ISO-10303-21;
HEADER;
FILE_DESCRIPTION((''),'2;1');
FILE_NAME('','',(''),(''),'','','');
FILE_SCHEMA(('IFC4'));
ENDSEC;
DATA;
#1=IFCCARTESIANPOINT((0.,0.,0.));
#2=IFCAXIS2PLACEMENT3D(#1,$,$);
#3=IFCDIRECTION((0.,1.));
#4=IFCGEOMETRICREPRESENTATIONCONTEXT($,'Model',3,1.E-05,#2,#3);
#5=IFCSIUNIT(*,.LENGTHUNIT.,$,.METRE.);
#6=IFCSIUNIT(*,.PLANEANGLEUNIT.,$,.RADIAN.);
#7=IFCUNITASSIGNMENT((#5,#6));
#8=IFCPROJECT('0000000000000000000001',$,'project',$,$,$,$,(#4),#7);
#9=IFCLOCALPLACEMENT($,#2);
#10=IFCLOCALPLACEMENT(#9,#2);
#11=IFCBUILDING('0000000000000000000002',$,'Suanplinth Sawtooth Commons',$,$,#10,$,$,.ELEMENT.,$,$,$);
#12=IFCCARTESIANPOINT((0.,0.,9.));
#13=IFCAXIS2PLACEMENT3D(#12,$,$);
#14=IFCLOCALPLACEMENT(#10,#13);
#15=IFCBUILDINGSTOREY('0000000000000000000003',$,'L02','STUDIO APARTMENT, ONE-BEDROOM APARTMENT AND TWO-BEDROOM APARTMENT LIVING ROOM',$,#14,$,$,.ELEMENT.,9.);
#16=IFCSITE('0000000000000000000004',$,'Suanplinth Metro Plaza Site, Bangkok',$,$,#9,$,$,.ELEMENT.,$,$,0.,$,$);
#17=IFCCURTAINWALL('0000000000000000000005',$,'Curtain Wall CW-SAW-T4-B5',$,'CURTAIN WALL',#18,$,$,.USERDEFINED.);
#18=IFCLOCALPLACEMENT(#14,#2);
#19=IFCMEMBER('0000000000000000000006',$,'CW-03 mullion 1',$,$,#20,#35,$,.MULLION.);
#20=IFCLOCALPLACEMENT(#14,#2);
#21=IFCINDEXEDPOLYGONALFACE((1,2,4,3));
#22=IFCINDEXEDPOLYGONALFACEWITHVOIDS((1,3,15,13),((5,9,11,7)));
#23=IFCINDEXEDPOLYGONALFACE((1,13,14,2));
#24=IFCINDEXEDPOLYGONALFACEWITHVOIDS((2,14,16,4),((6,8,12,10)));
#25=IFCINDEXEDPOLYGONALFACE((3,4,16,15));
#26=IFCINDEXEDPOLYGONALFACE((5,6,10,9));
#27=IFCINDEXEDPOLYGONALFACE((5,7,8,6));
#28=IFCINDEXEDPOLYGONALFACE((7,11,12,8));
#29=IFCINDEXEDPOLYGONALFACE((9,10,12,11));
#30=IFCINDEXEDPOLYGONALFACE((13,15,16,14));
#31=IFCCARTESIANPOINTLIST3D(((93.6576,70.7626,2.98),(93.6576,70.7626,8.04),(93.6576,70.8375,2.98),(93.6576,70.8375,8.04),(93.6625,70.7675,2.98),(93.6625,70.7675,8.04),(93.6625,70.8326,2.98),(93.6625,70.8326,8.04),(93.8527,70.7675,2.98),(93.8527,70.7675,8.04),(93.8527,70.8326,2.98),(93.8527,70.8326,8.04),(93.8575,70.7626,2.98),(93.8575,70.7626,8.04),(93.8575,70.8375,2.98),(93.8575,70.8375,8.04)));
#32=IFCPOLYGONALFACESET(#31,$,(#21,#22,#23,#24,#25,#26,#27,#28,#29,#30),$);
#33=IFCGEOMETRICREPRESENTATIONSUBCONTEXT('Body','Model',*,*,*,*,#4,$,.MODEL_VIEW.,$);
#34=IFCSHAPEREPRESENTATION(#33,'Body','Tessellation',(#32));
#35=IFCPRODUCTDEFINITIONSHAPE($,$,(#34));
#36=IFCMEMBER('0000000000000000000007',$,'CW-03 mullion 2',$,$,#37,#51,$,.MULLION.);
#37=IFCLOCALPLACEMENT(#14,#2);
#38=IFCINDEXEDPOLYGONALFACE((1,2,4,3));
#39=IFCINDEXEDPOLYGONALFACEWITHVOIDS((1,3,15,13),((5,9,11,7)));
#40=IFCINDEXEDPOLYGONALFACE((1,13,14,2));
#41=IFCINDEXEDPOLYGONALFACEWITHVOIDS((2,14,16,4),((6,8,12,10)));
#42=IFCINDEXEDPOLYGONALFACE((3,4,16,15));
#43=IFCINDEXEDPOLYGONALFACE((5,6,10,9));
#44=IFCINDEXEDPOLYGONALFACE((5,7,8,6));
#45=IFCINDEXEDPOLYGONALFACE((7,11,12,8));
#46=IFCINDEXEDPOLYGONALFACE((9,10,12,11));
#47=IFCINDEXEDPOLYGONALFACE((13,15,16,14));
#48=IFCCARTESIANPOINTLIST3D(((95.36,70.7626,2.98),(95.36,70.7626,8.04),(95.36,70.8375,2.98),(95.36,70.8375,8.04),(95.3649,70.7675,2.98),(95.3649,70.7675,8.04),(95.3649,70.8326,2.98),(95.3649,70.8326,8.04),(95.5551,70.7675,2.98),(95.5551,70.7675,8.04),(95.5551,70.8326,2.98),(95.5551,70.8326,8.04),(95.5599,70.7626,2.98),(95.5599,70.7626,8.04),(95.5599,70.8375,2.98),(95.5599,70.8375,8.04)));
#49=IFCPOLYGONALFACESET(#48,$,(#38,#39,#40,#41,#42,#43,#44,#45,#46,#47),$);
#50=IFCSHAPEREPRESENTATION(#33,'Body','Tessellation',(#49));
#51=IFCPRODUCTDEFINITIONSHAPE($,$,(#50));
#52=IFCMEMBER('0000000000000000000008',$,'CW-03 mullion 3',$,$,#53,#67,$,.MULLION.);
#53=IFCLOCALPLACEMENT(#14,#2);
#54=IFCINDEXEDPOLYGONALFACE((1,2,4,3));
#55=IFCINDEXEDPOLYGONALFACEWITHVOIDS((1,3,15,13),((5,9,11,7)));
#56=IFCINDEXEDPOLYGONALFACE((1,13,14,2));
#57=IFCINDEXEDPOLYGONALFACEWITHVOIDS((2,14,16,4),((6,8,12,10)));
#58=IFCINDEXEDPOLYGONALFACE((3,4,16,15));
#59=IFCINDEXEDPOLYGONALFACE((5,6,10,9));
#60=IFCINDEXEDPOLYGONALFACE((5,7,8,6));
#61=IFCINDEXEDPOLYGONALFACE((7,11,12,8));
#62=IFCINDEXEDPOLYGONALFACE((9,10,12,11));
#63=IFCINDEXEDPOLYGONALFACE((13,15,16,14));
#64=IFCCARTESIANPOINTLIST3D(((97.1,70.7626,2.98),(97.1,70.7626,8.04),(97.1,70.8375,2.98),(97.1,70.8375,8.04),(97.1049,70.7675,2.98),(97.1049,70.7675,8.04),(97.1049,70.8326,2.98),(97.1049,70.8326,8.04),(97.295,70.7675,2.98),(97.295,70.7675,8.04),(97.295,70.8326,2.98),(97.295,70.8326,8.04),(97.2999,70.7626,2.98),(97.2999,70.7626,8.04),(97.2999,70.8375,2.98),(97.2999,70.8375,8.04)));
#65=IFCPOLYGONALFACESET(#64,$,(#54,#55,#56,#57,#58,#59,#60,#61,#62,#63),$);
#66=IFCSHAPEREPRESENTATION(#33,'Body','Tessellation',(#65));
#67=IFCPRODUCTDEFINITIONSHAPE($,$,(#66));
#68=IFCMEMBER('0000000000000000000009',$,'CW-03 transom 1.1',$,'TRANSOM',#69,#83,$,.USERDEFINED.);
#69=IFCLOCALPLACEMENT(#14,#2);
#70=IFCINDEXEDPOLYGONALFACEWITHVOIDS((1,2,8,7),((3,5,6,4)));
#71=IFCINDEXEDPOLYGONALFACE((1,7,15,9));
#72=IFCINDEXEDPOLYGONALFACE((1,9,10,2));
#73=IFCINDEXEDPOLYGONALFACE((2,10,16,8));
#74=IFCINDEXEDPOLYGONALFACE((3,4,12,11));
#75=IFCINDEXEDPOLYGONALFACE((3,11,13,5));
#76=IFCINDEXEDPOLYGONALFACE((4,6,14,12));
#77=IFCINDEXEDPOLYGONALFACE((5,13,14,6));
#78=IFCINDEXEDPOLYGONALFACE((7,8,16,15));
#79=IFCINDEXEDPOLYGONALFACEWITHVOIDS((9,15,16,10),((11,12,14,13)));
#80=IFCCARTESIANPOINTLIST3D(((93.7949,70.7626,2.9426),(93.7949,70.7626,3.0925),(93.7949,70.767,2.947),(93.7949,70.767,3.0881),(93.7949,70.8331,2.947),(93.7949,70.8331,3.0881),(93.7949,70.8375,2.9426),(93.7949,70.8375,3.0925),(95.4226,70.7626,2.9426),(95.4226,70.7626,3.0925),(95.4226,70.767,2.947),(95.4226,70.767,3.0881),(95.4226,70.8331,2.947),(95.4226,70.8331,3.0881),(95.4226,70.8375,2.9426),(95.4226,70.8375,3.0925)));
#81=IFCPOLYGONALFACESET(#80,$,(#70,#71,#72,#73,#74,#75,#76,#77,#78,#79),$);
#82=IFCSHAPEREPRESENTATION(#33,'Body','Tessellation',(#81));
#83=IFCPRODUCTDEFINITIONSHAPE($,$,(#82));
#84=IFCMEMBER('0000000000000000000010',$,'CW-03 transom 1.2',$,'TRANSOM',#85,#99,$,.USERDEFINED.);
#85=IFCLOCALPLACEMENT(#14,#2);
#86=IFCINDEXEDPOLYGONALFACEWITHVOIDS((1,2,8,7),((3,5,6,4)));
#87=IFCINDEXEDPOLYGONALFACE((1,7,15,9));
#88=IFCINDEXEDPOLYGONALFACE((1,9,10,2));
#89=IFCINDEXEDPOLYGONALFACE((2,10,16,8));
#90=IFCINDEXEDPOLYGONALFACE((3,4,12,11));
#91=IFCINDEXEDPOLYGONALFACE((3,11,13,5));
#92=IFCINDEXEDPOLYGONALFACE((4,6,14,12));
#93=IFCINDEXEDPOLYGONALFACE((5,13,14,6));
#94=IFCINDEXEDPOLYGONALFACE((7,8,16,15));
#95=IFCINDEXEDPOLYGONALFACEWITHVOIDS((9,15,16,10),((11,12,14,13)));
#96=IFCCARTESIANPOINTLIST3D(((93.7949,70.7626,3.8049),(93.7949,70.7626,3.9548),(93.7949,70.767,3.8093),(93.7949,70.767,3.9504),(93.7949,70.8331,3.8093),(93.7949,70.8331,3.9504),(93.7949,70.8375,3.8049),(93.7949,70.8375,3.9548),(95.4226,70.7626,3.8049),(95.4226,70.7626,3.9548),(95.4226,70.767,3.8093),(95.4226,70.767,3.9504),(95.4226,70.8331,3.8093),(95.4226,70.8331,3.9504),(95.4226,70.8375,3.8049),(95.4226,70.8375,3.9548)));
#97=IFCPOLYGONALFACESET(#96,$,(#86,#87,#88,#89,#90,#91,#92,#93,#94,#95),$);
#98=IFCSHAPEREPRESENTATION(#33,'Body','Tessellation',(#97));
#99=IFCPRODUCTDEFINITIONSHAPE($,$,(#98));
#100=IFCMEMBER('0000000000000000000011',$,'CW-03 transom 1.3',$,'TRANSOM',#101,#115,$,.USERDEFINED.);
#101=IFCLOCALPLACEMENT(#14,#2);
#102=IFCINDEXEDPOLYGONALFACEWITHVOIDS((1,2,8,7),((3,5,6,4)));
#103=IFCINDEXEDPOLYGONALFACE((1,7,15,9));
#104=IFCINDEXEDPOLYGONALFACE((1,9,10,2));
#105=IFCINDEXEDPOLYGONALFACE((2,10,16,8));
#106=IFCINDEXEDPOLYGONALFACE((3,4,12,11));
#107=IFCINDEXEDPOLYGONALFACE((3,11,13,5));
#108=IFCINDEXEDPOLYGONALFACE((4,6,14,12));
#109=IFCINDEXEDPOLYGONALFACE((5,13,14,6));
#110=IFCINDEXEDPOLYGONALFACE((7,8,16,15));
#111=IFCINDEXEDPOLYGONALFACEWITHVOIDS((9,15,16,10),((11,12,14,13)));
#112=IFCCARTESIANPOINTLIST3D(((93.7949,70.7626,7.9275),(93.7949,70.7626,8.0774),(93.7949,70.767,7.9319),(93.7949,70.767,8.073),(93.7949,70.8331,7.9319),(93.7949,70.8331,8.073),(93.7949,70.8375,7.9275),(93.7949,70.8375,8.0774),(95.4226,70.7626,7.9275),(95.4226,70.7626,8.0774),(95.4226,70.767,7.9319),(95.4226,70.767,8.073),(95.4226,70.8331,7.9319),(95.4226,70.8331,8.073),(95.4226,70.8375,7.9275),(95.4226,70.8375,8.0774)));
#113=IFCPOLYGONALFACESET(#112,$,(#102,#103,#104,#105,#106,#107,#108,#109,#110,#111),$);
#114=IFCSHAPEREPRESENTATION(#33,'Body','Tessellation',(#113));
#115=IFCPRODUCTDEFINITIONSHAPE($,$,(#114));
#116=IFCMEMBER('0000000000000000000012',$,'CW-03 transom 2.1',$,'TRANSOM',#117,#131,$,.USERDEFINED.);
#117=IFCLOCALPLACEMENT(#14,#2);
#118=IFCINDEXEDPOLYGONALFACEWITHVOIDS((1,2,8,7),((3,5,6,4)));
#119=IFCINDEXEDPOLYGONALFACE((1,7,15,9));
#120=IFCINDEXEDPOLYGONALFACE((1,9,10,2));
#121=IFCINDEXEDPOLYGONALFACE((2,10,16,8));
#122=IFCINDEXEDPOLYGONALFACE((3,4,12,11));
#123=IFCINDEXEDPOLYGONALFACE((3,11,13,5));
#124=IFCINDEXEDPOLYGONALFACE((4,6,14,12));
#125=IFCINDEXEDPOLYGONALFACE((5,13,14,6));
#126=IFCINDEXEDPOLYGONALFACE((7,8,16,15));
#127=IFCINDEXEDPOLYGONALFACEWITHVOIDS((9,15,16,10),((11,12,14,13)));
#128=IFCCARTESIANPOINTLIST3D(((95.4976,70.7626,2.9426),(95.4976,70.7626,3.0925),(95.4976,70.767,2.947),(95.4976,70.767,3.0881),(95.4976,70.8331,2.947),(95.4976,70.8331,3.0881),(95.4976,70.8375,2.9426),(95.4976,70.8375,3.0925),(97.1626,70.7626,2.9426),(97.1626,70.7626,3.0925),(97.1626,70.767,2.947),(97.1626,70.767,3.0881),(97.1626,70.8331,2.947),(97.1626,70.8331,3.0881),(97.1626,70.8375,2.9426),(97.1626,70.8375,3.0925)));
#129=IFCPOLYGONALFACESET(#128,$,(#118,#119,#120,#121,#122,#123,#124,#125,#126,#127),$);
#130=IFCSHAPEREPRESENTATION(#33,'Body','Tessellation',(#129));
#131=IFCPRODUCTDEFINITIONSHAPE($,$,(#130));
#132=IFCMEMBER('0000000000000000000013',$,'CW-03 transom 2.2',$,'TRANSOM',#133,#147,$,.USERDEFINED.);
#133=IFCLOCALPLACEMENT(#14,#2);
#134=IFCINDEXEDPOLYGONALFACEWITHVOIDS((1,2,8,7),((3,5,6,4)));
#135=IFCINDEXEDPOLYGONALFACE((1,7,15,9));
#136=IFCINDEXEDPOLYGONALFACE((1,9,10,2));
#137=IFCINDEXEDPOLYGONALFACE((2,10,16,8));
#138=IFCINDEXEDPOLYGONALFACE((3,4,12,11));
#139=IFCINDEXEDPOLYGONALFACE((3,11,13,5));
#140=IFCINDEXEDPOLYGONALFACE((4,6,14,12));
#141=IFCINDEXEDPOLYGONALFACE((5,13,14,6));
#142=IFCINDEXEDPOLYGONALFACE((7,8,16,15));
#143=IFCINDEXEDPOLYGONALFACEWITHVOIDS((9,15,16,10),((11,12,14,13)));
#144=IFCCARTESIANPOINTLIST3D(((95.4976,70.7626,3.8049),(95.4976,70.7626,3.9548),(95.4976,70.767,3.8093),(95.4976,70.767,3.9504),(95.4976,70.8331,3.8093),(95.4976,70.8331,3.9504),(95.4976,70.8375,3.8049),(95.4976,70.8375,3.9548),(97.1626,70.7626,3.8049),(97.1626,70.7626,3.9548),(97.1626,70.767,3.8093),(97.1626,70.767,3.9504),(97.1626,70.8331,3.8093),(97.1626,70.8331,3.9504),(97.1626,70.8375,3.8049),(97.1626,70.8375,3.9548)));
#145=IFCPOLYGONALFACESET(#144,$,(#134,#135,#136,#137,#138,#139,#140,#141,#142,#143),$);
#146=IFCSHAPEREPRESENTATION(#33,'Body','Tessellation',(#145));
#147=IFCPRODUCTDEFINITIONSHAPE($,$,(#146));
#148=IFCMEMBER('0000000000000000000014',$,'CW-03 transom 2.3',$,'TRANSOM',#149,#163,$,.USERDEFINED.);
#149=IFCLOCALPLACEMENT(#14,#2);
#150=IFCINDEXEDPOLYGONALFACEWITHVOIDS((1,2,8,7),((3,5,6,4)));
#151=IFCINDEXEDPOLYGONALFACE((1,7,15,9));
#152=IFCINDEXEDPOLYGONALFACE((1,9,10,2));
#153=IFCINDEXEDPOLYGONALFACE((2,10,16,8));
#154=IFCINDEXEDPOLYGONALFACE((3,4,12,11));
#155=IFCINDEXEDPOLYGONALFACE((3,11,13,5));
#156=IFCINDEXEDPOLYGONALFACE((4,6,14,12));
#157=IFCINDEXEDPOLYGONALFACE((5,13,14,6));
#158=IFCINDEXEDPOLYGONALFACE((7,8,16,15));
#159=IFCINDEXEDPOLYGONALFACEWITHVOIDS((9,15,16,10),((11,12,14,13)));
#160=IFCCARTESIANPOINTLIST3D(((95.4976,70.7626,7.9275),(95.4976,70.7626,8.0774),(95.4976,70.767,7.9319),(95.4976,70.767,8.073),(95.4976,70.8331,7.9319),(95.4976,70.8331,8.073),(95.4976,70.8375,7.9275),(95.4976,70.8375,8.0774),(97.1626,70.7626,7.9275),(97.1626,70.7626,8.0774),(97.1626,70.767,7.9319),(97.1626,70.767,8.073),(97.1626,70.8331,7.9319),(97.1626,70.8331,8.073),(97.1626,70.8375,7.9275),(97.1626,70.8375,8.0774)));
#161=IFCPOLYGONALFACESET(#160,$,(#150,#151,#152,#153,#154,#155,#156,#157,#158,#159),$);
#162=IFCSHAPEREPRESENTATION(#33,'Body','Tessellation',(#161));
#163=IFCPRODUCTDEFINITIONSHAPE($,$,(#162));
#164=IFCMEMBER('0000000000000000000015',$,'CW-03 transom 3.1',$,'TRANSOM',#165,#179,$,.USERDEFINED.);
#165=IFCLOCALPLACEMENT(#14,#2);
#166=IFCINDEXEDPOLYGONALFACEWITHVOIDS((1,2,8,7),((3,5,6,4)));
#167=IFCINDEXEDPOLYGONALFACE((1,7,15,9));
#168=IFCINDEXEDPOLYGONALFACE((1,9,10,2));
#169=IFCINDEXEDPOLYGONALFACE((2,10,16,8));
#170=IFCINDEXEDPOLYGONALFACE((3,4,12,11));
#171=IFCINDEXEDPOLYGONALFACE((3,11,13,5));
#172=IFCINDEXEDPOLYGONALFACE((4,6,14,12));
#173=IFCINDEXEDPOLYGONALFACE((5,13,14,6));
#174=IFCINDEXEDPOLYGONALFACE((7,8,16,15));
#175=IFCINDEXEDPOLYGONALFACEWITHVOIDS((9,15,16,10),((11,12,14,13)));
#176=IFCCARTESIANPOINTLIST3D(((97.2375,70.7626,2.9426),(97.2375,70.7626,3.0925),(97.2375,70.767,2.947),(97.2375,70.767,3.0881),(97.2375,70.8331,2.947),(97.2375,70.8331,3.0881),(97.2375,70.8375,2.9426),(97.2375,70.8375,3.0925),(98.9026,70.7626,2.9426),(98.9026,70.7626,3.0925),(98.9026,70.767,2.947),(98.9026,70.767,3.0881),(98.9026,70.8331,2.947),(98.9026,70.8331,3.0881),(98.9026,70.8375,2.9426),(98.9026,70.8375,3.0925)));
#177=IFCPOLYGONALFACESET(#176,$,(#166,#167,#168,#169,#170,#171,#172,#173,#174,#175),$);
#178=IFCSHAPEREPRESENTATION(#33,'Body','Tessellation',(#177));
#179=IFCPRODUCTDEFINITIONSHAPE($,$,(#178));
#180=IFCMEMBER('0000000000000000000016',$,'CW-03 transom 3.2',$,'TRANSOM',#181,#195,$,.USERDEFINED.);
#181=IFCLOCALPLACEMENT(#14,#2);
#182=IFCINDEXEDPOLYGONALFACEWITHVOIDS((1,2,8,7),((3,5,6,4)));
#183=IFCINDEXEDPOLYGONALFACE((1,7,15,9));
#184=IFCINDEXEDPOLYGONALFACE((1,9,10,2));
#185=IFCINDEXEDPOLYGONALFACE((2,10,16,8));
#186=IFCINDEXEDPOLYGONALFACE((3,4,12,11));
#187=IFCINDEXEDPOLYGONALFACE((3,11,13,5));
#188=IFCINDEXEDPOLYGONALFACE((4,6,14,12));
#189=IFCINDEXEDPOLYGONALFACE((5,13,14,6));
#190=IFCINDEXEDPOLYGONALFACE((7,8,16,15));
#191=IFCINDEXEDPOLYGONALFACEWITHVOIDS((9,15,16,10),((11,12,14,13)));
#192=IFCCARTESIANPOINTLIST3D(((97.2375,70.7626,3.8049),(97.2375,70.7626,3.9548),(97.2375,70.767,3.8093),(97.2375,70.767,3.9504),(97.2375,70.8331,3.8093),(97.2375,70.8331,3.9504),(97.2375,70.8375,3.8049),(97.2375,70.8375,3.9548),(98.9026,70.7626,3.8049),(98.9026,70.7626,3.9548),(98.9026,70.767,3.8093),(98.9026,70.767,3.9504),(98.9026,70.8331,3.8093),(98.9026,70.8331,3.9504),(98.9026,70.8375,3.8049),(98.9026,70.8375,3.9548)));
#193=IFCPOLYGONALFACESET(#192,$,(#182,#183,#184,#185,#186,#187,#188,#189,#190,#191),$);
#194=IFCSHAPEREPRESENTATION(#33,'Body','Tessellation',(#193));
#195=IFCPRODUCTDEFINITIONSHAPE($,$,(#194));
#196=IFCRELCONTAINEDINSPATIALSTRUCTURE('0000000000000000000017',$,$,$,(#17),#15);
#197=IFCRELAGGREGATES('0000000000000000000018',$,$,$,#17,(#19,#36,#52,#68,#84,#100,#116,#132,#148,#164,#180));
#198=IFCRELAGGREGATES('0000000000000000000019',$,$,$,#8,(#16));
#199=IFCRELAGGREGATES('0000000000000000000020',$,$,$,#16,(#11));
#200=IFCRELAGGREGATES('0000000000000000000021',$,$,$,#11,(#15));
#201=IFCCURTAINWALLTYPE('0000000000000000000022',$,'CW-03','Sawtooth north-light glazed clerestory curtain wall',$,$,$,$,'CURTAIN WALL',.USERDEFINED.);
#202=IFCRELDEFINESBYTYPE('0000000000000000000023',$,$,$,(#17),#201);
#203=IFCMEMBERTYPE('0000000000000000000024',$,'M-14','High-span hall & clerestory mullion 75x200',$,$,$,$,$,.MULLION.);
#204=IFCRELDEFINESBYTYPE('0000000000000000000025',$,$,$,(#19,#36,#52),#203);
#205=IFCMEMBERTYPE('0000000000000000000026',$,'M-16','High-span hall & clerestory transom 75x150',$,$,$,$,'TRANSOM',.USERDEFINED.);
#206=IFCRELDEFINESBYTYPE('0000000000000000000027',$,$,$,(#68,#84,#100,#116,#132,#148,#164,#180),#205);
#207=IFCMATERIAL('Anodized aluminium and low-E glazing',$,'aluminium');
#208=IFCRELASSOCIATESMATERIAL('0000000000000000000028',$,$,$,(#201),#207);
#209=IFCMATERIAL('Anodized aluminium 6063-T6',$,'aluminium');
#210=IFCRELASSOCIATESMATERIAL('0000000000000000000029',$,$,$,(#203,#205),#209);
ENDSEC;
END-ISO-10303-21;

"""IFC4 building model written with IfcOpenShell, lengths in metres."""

from ifc_helpers import new_model, si_unit, direction, frame, origin, origin_2d, place, context, subcontext, project, spatial, hollow_rectangle, extrude, material, material_profile, profile_set, type_object, element, aggregate, save


model = new_model("IFC4")

# Units and contexts
model_context = context("Model", 3, precision=1e-05, world=origin(), true_north=direction((0.0, 1.0)))
body_context = subcontext(model_context, "Body", "Model", "MODEL_VIEW")
ifc_project = project(units=[si_unit("LENGTHUNIT", "METRE"), si_unit("PLANEANGLEUNIT", "RADIAN")], contexts=[model_context])

# Site, building, storey
site_placement = place(None, origin())
site = spatial("IfcSite", under=ifc_project, at=site_placement, Name="Suanplinth Metro Plaza Site, Bangkok", CompositionType="ELEMENT", RefElevation=0.0)
building_placement = place(site_placement, origin())
building = spatial("IfcBuilding", under=site, at=building_placement, Name="Suanplinth Sawtooth Commons", CompositionType="ELEMENT")
storey_placement = place(building_placement, frame((0.0, 0.0, 9.0)))
storey = spatial("IfcBuildingStorey", under=building, at=storey_placement, Name="L02", Description="STUDIO APARTMENT, ONE-BEDROOM APARTMENT AND TWO-BEDROOM APARTMENT LIVING ROOM", CompositionType="ELEMENT", Elevation=9.0)

# Shared definitions
ifc_material_1 = material(Name="Anodized aluminium and low-E glazing", Category="aluminium")
curtain_wall_type = type_object("IfcCurtainWallType", Name="CW-03", Description="Sawtooth north-light glazed clerestory curtain wall", ElementType="CURTAIN WALL", PredefinedType="USERDEFINED", material=ifc_material_1)
ifc_material_2 = material(Name="Anodized aluminium 6063-T6", Category="aluminium")
ifc_material_profile_1 = material_profile(ifc_material_2, hollow_rectangle(XDim=0.075, YDim=0.2, WallThickness=0.0049, at=origin_2d()), Name="ALU-MUL 75x200")
ifc_profile_set_1 = profile_set([ifc_material_profile_1], Name="Anodized aluminium 6063-T6")
member_type_1 = type_object("IfcMemberType", Name="M-14", Description="High-span hall & clerestory mullion 75x200", PredefinedType="MULLION", material=ifc_profile_set_1)

# Curtain wall, members
curtain_wall_1_placement = place(storey_placement, origin())
curtain_wall_1 = element("IfcCurtainWall", 1, at=curtain_wall_1_placement, inside=storey, type_object=curtain_wall_type, Name="Curtain Wall CW-SAW-T4-B5", ObjectType="CURTAIN WALL", PredefinedType="USERDEFINED")
member_1_placement = place(storey_placement, frame((93.7576, 70.8, 2.98), z_axis=(0.0, 0.0, 1.0), x_axis=(0.0, 1.0, 0.0)))
member_1 = element("IfcMember", 2, at=member_1_placement, type_object=member_type_1, Name="CW-03 mullion 1", PredefinedType="MULLION", context=body_context, shape_type="SweptSolid", body=[
    extrude(hollow_rectangle(XDim=0.075, YDim=0.2, WallThickness=0.0049, at=origin_2d()), origin(), (0.0, 0.0, 1.0), 5.0601),
])
member_2_placement = place(storey_placement, frame((95.46, 70.8, 2.98), z_axis=(0.0, 0.0, 1.0), x_axis=(0.0, 1.0, 0.0)))
member_2 = element("IfcMember", 3, at=member_2_placement, type_object=member_type_1, Name="CW-03 mullion 2", PredefinedType="MULLION", context=body_context, shape_type="SweptSolid", body=[
    extrude(hollow_rectangle(XDim=0.075, YDim=0.2, WallThickness=0.0049, at=origin_2d()), origin(), (0.0, 0.0, 1.0), 5.0601),
])
member_3_placement = place(storey_placement, frame((97.2, 70.8, 2.98), z_axis=(0.0, 0.0, 1.0), x_axis=(0.0, 1.0, 0.0)))
member_3 = element("IfcMember", 4, at=member_3_placement, type_object=member_type_1, Name="CW-03 mullion 3", PredefinedType="MULLION", context=body_context, shape_type="SweptSolid", body=[
    extrude(hollow_rectangle(XDim=0.075, YDim=0.2, WallThickness=0.0049, at=origin_2d()), origin(), (0.0, 0.0, 1.0), 5.0601),
])
ifc_material_profile_2 = material_profile(ifc_material_2, hollow_rectangle(XDim=0.075, YDim=0.1499, WallThickness=0.0044, at=origin_2d()), Name="ALU-TRN 75x150")
ifc_profile_set_2 = profile_set([ifc_material_profile_2], Name="Anodized aluminium 6063-T6")
member_type_2 = type_object("IfcMemberType", Name="M-16", Description="High-span hall & clerestory transom 75x150", ElementType="TRANSOM", PredefinedType="USERDEFINED", material=ifc_profile_set_2)
member_4_placement = place(storey_placement, frame((93.7949, 70.8, 3.0176), z_axis=(1.0, 0.0, 0.0), x_axis=(0.0, 1.0, 0.0)))
member_4 = element("IfcMember", 5, at=member_4_placement, type_object=member_type_2, Name="CW-03 transom 1.1", ObjectType="TRANSOM", PredefinedType="USERDEFINED", context=body_context, shape_type="SweptSolid", body=[
    extrude(hollow_rectangle(XDim=0.075, YDim=0.1499, WallThickness=0.0044, at=origin_2d()), origin(), (0.0, 0.0, 1.0), 1.6277),
])
member_5_placement = place(storey_placement, frame((93.7949, 70.8, 3.8799), z_axis=(1.0, 0.0, 0.0), x_axis=(0.0, 1.0, 0.0)))
member_5 = element("IfcMember", 6, at=member_5_placement, type_object=member_type_2, Name="CW-03 transom 1.2", ObjectType="TRANSOM", PredefinedType="USERDEFINED", context=body_context, shape_type="SweptSolid", body=[
    extrude(hollow_rectangle(XDim=0.075, YDim=0.1499, WallThickness=0.0044, at=origin_2d()), origin(), (0.0, 0.0, 1.0), 1.6277),
])
member_6_placement = place(storey_placement, frame((93.7949, 70.8, 8.0024), z_axis=(1.0, 0.0, 0.0), x_axis=(0.0, 1.0, 0.0)))
member_6 = element("IfcMember", 7, at=member_6_placement, type_object=member_type_2, Name="CW-03 transom 1.3", ObjectType="TRANSOM", PredefinedType="USERDEFINED", context=body_context, shape_type="SweptSolid", body=[
    extrude(hollow_rectangle(XDim=0.075, YDim=0.1499, WallThickness=0.0044, at=origin_2d()), origin(), (0.0, 0.0, 1.0), 1.6277),
])
member_7_placement = place(storey_placement, frame((95.4976, 70.8, 3.0176), z_axis=(1.0, 0.0, 0.0), x_axis=(0.0, 1.0, 0.0)))
member_7 = element("IfcMember", 8, at=member_7_placement, type_object=member_type_2, Name="CW-03 transom 2.1", ObjectType="TRANSOM", PredefinedType="USERDEFINED", context=body_context, shape_type="SweptSolid", body=[
    extrude(hollow_rectangle(XDim=0.075, YDim=0.1499, WallThickness=0.0044, at=origin_2d()), origin(), (0.0, 0.0, 1.0), 1.665),
])
member_8_placement = place(storey_placement, frame((95.4976, 70.8, 3.8799), z_axis=(1.0, 0.0, 0.0), x_axis=(0.0, 1.0, 0.0)))
member_8 = element("IfcMember", 9, at=member_8_placement, type_object=member_type_2, Name="CW-03 transom 2.2", ObjectType="TRANSOM", PredefinedType="USERDEFINED", context=body_context, shape_type="SweptSolid", body=[
    extrude(hollow_rectangle(XDim=0.075, YDim=0.1499, WallThickness=0.0044, at=origin_2d()), origin(), (0.0, 0.0, 1.0), 1.665),
])
member_9_placement = place(storey_placement, frame((95.4976, 70.8, 8.0024), z_axis=(1.0, 0.0, 0.0), x_axis=(0.0, 1.0, 0.0)))
member_9 = element("IfcMember", 10, at=member_9_placement, type_object=member_type_2, Name="CW-03 transom 2.3", ObjectType="TRANSOM", PredefinedType="USERDEFINED", context=body_context, shape_type="SweptSolid", body=[
    extrude(hollow_rectangle(XDim=0.075, YDim=0.1499, WallThickness=0.0044, at=origin_2d()), origin(), (0.0, 0.0, 1.0), 1.665),
])
member_10_placement = place(storey_placement, frame((97.2375, 70.8, 3.0176), z_axis=(1.0, 0.0, 0.0), x_axis=(0.0, 1.0, 0.0)))
member_10 = element("IfcMember", 11, at=member_10_placement, type_object=member_type_2, Name="CW-03 transom 3.1", ObjectType="TRANSOM", PredefinedType="USERDEFINED", context=body_context, shape_type="SweptSolid", body=[
    extrude(hollow_rectangle(XDim=0.075, YDim=0.1499, WallThickness=0.0044, at=origin_2d()), origin(), (0.0, 0.0, 1.0), 1.665),
])
member_11_placement = place(storey_placement, frame((97.2375, 70.8, 3.8799), z_axis=(1.0, 0.0, 0.0), x_axis=(0.0, 1.0, 0.0)))
member_11 = element("IfcMember", 12, at=member_11_placement, type_object=member_type_2, Name="CW-03 transom 3.2", ObjectType="TRANSOM", PredefinedType="USERDEFINED", context=body_context, shape_type="SweptSolid", body=[
    extrude(hollow_rectangle(XDim=0.075, YDim=0.1499, WallThickness=0.0044, at=origin_2d()), origin(), (0.0, 0.0, 1.0), 1.665),
])

aggregate(curtain_wall_1, [member_1, member_2, member_3, member_4, member_5, member_6, member_7, member_8, member_9, member_10, member_11])

save(model, "model.ifc")
